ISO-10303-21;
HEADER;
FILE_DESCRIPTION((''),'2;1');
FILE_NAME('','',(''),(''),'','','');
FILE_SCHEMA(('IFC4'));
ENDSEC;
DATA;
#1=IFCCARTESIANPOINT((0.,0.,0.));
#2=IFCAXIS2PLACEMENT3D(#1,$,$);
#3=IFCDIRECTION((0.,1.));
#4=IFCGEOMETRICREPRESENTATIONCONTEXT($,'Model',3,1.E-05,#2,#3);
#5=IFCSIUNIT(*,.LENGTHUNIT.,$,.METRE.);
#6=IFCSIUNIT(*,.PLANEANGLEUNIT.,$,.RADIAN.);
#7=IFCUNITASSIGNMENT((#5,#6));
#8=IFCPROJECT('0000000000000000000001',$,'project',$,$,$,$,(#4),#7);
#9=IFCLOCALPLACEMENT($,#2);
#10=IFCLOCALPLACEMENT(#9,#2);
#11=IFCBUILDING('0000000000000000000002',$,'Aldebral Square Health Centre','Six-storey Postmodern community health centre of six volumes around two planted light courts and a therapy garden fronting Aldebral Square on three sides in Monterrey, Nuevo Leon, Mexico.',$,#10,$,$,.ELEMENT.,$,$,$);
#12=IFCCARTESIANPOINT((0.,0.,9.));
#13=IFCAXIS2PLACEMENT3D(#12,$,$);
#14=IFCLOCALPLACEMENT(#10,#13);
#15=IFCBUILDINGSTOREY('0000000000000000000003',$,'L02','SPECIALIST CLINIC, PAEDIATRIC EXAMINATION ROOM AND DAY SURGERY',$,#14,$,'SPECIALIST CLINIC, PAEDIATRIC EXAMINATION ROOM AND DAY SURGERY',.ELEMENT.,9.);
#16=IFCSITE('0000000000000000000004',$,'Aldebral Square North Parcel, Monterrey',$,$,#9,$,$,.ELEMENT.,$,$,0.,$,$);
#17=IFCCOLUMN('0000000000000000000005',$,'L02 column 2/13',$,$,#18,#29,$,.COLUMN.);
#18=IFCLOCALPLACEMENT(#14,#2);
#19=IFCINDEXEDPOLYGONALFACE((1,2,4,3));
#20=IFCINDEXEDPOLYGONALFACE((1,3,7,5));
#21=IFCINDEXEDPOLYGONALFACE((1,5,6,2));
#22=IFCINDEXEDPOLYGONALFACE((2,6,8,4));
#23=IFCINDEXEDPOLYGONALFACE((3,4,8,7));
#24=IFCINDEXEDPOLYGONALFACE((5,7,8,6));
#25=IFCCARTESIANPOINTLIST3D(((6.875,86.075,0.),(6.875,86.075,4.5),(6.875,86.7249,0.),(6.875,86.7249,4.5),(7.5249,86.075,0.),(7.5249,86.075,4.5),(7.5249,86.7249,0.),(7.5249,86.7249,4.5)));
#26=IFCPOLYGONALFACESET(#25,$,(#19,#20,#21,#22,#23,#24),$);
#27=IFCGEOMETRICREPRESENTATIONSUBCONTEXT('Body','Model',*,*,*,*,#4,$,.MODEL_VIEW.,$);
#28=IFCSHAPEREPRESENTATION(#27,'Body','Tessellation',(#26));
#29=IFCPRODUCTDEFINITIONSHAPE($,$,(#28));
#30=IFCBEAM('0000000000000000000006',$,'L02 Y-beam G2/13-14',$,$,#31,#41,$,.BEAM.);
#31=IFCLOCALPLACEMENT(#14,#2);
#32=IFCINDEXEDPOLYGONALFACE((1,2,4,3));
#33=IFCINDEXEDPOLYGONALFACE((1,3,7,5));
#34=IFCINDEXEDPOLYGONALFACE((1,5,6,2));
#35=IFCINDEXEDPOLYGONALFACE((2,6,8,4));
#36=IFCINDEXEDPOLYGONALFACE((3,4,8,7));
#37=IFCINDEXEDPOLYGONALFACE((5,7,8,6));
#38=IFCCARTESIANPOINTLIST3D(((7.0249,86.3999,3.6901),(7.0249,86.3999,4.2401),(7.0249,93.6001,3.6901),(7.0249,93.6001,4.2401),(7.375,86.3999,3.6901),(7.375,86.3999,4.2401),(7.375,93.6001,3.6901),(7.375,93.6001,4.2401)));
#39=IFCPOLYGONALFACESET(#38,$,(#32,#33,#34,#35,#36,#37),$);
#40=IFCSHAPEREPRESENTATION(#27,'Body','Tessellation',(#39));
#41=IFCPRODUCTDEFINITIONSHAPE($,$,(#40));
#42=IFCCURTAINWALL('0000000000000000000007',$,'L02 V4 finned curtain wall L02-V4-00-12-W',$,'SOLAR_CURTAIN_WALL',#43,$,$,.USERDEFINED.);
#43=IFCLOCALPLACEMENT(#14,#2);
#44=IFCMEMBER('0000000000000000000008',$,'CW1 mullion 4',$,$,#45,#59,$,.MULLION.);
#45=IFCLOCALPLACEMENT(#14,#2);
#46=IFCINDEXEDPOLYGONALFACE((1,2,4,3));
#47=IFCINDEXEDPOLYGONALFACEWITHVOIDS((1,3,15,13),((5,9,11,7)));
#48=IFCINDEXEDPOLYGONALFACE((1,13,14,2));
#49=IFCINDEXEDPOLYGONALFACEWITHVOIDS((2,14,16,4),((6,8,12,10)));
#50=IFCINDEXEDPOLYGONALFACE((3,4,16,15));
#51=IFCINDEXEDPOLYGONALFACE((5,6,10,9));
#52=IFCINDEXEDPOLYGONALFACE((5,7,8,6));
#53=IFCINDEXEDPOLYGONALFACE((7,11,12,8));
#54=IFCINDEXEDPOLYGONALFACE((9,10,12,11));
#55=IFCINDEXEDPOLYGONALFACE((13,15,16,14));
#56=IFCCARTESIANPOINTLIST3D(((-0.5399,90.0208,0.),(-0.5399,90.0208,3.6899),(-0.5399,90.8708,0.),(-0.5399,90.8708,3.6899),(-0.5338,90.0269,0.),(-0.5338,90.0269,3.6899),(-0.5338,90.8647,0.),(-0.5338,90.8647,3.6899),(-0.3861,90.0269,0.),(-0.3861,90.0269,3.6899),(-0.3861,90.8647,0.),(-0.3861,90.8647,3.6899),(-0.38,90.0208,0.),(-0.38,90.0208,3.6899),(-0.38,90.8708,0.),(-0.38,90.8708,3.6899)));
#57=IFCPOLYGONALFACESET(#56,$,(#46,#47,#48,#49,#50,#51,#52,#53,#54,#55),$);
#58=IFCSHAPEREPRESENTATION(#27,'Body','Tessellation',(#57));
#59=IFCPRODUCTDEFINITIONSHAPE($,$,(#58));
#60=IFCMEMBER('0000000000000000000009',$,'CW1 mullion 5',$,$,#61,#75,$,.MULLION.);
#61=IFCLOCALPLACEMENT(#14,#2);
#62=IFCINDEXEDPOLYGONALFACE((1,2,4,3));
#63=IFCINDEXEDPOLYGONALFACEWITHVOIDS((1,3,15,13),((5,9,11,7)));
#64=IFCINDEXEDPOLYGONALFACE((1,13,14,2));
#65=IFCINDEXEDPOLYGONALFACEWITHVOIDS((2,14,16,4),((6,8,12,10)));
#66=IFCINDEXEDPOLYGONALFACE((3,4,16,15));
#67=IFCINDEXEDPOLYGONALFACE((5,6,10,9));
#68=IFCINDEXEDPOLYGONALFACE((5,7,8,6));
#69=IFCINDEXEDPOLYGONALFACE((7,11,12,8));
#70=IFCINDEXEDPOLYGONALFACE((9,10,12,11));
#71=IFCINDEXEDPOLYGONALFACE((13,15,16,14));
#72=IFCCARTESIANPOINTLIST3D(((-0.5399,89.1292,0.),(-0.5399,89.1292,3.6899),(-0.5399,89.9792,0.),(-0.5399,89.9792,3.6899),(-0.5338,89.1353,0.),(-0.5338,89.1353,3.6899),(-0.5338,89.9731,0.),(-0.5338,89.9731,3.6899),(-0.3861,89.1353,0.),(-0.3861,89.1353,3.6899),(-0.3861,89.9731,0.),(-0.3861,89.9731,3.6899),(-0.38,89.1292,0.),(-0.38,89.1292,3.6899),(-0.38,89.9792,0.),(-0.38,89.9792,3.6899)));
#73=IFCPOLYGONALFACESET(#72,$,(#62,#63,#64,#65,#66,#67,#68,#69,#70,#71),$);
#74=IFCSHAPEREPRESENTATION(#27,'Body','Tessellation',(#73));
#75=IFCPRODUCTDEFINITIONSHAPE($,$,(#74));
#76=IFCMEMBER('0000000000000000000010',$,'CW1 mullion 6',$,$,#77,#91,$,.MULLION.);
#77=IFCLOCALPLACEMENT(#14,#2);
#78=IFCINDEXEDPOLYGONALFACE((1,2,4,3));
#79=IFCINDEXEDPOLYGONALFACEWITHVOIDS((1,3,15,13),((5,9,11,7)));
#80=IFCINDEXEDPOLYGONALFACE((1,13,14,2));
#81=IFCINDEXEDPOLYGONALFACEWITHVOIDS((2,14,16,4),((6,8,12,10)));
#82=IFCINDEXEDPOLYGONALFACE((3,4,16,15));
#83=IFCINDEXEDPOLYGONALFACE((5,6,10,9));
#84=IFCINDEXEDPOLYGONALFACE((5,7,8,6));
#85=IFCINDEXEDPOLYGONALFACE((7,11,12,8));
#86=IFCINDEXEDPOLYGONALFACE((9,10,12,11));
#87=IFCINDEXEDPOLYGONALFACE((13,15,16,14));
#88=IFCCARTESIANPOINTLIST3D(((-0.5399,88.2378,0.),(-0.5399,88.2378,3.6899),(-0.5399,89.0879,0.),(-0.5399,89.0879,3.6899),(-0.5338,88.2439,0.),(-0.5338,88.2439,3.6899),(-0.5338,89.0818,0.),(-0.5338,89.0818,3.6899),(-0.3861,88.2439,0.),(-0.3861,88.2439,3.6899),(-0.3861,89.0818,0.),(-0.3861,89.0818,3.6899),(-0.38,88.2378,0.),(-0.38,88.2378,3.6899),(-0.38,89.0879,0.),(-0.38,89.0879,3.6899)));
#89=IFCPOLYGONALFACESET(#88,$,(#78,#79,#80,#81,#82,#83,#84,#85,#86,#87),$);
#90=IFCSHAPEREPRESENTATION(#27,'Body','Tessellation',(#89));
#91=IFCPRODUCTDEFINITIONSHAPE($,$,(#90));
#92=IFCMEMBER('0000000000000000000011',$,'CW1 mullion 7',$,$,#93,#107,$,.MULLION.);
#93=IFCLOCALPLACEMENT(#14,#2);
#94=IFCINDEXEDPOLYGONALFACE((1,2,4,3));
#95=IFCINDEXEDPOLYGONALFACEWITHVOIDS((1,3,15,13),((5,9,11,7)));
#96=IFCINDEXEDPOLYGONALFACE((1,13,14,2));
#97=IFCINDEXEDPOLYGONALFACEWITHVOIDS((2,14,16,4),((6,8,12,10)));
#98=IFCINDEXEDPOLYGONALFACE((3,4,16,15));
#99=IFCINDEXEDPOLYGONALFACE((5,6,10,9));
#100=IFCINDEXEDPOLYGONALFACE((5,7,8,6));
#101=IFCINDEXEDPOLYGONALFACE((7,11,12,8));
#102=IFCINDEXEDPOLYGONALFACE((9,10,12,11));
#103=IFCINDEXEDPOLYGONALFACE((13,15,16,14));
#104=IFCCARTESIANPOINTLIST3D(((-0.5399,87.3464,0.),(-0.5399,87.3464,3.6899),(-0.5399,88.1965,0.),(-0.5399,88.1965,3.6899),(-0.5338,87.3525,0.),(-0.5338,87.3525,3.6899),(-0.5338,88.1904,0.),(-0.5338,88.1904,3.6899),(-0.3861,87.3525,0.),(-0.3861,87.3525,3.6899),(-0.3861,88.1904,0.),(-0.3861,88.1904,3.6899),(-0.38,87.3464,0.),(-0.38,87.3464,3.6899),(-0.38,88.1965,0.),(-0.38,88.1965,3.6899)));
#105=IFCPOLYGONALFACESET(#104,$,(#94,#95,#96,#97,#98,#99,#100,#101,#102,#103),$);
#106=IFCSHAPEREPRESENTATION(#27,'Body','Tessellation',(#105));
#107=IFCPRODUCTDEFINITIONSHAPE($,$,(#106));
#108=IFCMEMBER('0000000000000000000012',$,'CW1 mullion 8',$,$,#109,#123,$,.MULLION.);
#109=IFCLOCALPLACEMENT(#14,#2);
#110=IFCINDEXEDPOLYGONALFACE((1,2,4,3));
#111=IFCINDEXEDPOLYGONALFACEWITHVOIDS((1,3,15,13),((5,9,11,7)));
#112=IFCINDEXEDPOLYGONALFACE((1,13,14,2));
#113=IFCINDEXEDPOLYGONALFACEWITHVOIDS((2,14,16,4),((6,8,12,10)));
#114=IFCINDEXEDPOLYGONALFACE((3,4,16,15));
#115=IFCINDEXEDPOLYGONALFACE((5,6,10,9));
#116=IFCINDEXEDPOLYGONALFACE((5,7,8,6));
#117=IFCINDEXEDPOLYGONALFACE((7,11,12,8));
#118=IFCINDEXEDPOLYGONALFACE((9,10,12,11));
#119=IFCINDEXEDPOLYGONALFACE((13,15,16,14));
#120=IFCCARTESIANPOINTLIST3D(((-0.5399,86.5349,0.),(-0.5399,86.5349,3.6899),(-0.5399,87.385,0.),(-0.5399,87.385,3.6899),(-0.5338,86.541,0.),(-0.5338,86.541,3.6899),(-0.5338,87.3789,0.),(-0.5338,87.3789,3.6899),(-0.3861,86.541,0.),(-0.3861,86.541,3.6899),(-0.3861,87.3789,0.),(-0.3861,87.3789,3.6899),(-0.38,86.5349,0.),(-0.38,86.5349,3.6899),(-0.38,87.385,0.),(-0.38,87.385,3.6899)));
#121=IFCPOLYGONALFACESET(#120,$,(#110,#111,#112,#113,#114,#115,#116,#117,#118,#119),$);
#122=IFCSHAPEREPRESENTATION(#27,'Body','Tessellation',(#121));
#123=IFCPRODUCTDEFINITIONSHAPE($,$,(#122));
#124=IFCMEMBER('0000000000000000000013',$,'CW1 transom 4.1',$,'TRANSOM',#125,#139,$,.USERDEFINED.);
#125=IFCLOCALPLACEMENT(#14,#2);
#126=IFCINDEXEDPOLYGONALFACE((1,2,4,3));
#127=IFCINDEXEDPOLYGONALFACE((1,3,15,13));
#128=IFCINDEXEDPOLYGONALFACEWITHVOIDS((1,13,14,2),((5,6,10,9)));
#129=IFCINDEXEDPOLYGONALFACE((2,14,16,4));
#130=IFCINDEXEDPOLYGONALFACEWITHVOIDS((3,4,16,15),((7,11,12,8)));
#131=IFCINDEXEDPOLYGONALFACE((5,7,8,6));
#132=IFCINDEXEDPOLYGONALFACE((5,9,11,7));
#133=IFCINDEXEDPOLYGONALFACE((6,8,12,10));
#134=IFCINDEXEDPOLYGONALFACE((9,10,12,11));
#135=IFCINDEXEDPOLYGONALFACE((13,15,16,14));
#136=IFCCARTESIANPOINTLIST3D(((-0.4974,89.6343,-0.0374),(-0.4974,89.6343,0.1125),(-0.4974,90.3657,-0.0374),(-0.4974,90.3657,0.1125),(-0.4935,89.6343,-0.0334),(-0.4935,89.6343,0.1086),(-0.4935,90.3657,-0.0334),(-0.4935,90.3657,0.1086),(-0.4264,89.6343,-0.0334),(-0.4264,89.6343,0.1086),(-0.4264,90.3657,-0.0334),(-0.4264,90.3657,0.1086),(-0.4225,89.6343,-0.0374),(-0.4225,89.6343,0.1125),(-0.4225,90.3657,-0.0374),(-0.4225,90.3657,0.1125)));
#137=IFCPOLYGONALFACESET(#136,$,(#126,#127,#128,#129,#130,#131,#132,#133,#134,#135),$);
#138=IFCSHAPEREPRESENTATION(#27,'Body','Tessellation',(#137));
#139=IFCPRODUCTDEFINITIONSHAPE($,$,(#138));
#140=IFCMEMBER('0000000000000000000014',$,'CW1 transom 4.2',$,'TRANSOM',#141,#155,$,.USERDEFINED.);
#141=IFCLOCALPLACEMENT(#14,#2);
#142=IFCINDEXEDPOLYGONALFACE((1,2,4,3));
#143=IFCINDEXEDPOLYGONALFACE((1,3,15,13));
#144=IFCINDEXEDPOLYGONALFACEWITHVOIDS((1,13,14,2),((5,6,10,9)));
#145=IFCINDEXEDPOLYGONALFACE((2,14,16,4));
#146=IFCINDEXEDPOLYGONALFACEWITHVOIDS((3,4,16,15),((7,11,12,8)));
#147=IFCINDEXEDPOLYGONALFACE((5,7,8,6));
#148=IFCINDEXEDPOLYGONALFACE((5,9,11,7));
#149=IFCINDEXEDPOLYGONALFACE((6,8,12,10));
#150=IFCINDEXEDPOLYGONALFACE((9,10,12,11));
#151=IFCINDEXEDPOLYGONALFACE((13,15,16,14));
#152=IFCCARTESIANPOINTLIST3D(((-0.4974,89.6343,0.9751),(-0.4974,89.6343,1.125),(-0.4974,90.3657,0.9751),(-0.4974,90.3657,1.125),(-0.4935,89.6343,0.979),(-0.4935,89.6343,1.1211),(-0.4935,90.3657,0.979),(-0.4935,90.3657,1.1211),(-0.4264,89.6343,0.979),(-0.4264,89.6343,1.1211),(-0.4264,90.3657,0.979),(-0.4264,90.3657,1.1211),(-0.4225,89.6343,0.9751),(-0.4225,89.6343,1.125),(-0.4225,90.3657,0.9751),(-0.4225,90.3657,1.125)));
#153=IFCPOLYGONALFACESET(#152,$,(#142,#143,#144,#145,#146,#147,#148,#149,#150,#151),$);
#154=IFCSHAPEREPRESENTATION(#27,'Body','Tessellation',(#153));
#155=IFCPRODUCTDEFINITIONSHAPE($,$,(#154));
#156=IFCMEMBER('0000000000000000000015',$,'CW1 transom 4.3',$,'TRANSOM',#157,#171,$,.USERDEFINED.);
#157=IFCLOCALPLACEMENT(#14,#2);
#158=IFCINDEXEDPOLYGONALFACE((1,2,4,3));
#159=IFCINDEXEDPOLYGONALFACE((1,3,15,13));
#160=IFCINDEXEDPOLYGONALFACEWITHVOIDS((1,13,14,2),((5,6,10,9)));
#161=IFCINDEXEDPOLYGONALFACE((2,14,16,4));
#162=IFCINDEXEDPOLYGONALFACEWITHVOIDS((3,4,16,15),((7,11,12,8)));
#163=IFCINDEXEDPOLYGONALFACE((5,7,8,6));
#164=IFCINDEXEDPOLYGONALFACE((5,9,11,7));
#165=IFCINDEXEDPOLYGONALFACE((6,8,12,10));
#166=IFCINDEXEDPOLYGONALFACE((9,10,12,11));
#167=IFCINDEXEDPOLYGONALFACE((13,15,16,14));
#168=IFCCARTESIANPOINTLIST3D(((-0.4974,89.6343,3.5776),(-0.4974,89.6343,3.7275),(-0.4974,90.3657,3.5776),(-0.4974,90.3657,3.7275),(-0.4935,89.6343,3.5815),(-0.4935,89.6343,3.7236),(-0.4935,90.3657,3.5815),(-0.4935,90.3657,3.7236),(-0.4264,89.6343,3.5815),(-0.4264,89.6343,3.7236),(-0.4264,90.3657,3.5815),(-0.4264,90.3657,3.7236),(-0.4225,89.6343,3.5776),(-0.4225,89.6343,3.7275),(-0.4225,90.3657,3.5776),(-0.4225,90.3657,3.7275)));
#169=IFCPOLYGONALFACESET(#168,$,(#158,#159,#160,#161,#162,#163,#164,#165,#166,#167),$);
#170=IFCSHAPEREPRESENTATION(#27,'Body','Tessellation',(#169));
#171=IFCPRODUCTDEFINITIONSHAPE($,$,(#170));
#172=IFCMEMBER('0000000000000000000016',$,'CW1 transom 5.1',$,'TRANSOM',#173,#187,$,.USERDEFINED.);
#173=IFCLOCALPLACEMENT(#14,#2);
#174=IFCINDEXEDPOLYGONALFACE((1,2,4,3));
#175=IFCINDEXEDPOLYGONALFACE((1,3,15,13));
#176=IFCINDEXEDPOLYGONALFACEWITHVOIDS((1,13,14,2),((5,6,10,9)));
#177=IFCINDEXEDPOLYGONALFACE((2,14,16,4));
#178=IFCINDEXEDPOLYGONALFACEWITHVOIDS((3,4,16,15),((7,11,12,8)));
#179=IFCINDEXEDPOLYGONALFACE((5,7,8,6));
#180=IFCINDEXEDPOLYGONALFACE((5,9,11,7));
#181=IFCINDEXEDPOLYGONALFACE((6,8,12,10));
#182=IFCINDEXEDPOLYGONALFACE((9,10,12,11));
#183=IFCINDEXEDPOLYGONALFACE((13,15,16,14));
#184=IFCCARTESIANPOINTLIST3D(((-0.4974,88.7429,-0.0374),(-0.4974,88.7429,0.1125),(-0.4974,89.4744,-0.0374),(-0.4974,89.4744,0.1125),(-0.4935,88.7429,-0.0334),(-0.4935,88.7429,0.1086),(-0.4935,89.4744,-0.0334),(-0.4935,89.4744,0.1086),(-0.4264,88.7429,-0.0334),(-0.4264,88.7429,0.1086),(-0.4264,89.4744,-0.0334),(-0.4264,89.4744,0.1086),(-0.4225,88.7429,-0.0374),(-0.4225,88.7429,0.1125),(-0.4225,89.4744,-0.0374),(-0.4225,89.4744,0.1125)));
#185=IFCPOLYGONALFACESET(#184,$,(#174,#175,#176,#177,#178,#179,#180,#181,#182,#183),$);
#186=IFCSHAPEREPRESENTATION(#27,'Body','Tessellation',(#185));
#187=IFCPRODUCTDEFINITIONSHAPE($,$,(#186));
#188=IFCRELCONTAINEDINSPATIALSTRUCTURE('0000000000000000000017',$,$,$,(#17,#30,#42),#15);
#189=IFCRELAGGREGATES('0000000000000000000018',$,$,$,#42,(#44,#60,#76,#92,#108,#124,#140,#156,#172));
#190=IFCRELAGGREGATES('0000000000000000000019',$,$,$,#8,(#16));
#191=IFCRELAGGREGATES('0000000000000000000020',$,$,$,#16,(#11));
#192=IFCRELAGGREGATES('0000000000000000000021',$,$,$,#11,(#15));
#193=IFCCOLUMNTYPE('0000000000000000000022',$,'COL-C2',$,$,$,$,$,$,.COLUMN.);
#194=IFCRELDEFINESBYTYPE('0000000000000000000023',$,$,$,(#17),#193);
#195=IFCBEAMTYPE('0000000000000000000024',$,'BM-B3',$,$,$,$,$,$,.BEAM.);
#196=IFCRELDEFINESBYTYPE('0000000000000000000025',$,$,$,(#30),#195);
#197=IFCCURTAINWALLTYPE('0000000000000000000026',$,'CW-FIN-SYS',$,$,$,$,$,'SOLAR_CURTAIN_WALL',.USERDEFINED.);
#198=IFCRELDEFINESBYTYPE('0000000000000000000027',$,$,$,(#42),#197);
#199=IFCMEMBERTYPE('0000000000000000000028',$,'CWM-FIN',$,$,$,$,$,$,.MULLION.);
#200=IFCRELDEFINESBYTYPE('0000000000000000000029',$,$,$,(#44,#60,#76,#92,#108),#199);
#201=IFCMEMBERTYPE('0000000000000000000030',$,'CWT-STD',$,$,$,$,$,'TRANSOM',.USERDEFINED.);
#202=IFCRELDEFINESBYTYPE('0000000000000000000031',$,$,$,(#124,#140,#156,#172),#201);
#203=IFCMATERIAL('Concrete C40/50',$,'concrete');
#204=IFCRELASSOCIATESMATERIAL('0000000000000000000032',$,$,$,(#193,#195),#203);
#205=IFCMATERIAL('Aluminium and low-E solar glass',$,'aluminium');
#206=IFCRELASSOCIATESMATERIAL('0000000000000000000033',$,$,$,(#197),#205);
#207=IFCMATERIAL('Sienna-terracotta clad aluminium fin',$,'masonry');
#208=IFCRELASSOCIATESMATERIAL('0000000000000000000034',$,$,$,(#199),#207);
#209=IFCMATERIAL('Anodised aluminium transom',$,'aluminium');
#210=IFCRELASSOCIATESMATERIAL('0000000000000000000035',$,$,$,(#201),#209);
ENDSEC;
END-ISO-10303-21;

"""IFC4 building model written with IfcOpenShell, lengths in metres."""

from ifc_helpers import new_model, si_unit, direction, frame, origin, origin_2d, place, context, subcontext, project, spatial, rectangle, hollow_rectangle, extrude, material, material_profile, profile_set, type_object, element, aggregate, save


model = new_model("IFC4")

# Units and contexts
model_context = context("Model", 3, precision=1e-05, world=origin(), true_north=direction((0.0, 1.0)))
body_context = subcontext(model_context, "Body", "Model", "MODEL_VIEW")
ifc_project = project(units=[si_unit("LENGTHUNIT", "METRE"), si_unit("PLANEANGLEUNIT", "RADIAN")], contexts=[model_context])

# Site, building, storey
site_placement = place(None, origin())
site = spatial("IfcSite", under=ifc_project, at=site_placement, Name="Aldebral Square North Parcel, Monterrey", CompositionType="ELEMENT", RefElevation=0.0)
building_placement = place(site_placement, origin())
building = spatial("IfcBuilding", under=site, at=building_placement, Name="Aldebral Square Health Centre", Description="Six-storey Postmodern community health centre of six volumes around two planted light courts and a therapy garden fronting Aldebral Square on three sides in Monterrey, Nuevo Leon, Mexico.", CompositionType="ELEMENT")
storey_placement = place(building_placement, frame((0.0, 0.0, 9.0)))
storey = spatial("IfcBuildingStorey", under=building, at=storey_placement, Name="L02", Description="SPECIALIST CLINIC, PAEDIATRIC EXAMINATION ROOM AND DAY SURGERY", LongName="SPECIALIST CLINIC, PAEDIATRIC EXAMINATION ROOM AND DAY SURGERY", CompositionType="ELEMENT", Elevation=9.0)

# Column
ifc_material_1 = material(Name="Concrete C40/50", Category="concrete")
ifc_material_profile_1 = material_profile(ifc_material_1, rectangle(XDim=0.6499, YDim=0.6499, at=origin_2d()), Name="RC 650x650")
ifc_profile_set_1 = profile_set([ifc_material_profile_1], Name="Concrete C40/50")
column_type = type_object("IfcColumnType", Name="COL-C2", PredefinedType="COLUMN", material=ifc_profile_set_1)
column_placement = place(storey_placement, frame((7.2, 86.3999, 0.0), z_axis=(0.0, 0.0, 1.0), x_axis=(1.0, 0.0, 0.0)))
element("IfcColumn", 1, at=column_placement, inside=storey, type_object=column_type, Name="L02 column 2/13", PredefinedType="COLUMN", context=body_context, shape_type="SweptSolid", body=[
    extrude(rectangle(XDim=0.6499, YDim=0.6499, at=origin_2d()), origin(), (0.0, 0.0, 1.0), 4.5),
])

# Beam
ifc_material_profile_2 = material_profile(ifc_material_1, rectangle(XDim=0.3501, YDim=0.55, at=origin_2d()), Name="RC 350x550")
ifc_profile_set_2 = profile_set([ifc_material_profile_2], Name="Concrete C40/50")
beam_type = type_object("IfcBeamType", Name="BM-B3", PredefinedType="BEAM", material=ifc_profile_set_2)
beam_placement = place(storey_placement, frame((7.2, 86.3999, 3.9651), z_axis=(0.0, 1.0, 0.0), x_axis=(-1.0, 0.0, 0.0)))
element("IfcBeam", 2, at=beam_placement, inside=storey, type_object=beam_type, Name="L02 Y-beam G2/13-14", PredefinedType="BEAM", context=body_context, shape_type="SweptSolid", body=[
    extrude(rectangle(XDim=0.3501, YDim=0.55, at=origin_2d()), origin(), (0.0, 0.0, 1.0), 7.2002),
])

# Curtain wall, members
ifc_material_2 = material(Name="Aluminium and low-E solar glass", Category="aluminium")
curtain_wall_type = type_object("IfcCurtainWallType", Name="CW-FIN-SYS", ElementType="SOLAR_CURTAIN_WALL", PredefinedType="USERDEFINED", material=ifc_material_2)
curtain_wall_placement = place(storey_placement, origin())
curtain_wall = element("IfcCurtainWall", 3, at=curtain_wall_placement, inside=storey, type_object=curtain_wall_type, Name="L02 V4 finned curtain wall L02-V4-00-12-W", ObjectType="SOLAR_CURTAIN_WALL", PredefinedType="USERDEFINED")
ifc_material_3 = material(Name="Sienna-terracotta clad aluminium fin", Category="masonry")
ifc_material_profile_3 = material_profile(ifc_material_3, hollow_rectangle(XDim=0.1599, YDim=0.8501, WallThickness=0.0061, at=origin_2d()), Name="FIN 160x850x6")
ifc_profile_set_3 = profile_set([ifc_material_profile_3], Name="Sienna-terracotta clad aluminium fin")
member_type_1 = type_object("IfcMemberType", Name="CWM-FIN", PredefinedType="MULLION", material=ifc_profile_set_3)
member_1_placement = place(storey_placement, frame((-0.46, 90.4458, 0.0), z_axis=(0.0, 0.0, 1.0), x_axis=(1.0, 0.0, 0.0)))
member_1 = element("IfcMember", 4, at=member_1_placement, type_object=member_type_1, Name="CW1 mullion 4", PredefinedType="MULLION", context=body_context, shape_type="SweptSolid", body=[
    extrude(hollow_rectangle(XDim=0.1599, YDim=0.8501, WallThickness=0.0061, at=origin_2d()), origin(), (0.0, 0.0, 1.0), 3.6899),
])
member_2_placement = place(storey_placement, frame((-0.46, 89.5542, 0.0), z_axis=(0.0, 0.0, 1.0), x_axis=(1.0, 0.0, 0.0)))
member_2 = element("IfcMember", 5, at=member_2_placement, type_object=member_type_1, Name="CW1 mullion 5", PredefinedType="MULLION", context=body_context, shape_type="SweptSolid", body=[
    extrude(hollow_rectangle(XDim=0.1599, YDim=0.8501, WallThickness=0.0061, at=origin_2d()), origin(), (0.0, 0.0, 1.0), 3.6899),
])
member_3_placement = place(storey_placement, frame((-0.46, 88.6628, 0.0), z_axis=(0.0, 0.0, 1.0), x_axis=(1.0, 0.0, 0.0)))
member_3 = element("IfcMember", 6, at=member_3_placement, type_object=member_type_1, Name="CW1 mullion 6", PredefinedType="MULLION", context=body_context, shape_type="SweptSolid", body=[
    extrude(hollow_rectangle(XDim=0.1599, YDim=0.8501, WallThickness=0.0061, at=origin_2d()), origin(), (0.0, 0.0, 1.0), 3.6899),
])
member_4_placement = place(storey_placement, frame((-0.46, 87.7715, 0.0), z_axis=(0.0, 0.0, 1.0), x_axis=(1.0, 0.0, 0.0)))
member_4 = element("IfcMember", 7, at=member_4_placement, type_object=member_type_1, Name="CW1 mullion 7", PredefinedType="MULLION", context=body_context, shape_type="SweptSolid", body=[
    extrude(hollow_rectangle(XDim=0.1599, YDim=0.8501, WallThickness=0.0061, at=origin_2d()), origin(), (0.0, 0.0, 1.0), 3.6899),
])
member_5_placement = place(storey_placement, frame((-0.46, 86.96, 0.0), z_axis=(0.0, 0.0, 1.0), x_axis=(1.0, 0.0, 0.0)))
member_5 = element("IfcMember", 8, at=member_5_placement, type_object=member_type_1, Name="CW1 mullion 8", PredefinedType="MULLION", context=body_context, shape_type="SweptSolid", body=[
    extrude(hollow_rectangle(XDim=0.1599, YDim=0.8501, WallThickness=0.0061, at=origin_2d()), origin(), (0.0, 0.0, 1.0), 3.6899),
])
ifc_material_4 = material(Name="Anodised aluminium transom", Category="aluminium")
ifc_material_profile_4 = material_profile(ifc_material_4, hollow_rectangle(XDim=0.075, YDim=0.1499, WallThickness=0.0039, at=origin_2d()), Name="CWT 75x150x4")
ifc_profile_set_4 = profile_set([ifc_material_profile_4], Name="Anodised aluminium transom")
member_type_2 = type_object("IfcMemberType", Name="CWT-STD", ElementType="TRANSOM", PredefinedType="USERDEFINED", material=ifc_profile_set_4)
member_6_placement = place(storey_placement, frame((-0.46, 90.3657, 0.0376), z_axis=(0.0, -1.0, 0.0), x_axis=(1.0, 0.0, 0.0)))
member_6 = element("IfcMember", 9, at=member_6_placement, type_object=member_type_2, Name="CW1 transom 4.1", ObjectType="TRANSOM", PredefinedType="USERDEFINED", context=body_context, shape_type="SweptSolid", body=[
    extrude(hollow_rectangle(XDim=0.075, YDim=0.1499, WallThickness=0.0039, at=origin_2d()), origin(), (0.0, 0.0, 1.0), 0.7314),
])
member_7_placement = place(storey_placement, frame((-0.46, 90.3657, 1.05), z_axis=(0.0, -1.0, 0.0), x_axis=(1.0, 0.0, 0.0)))
member_7 = element("IfcMember", 10, at=member_7_placement, type_object=member_type_2, Name="CW1 transom 4.2", ObjectType="TRANSOM", PredefinedType="USERDEFINED", context=body_context, shape_type="SweptSolid", body=[
    extrude(hollow_rectangle(XDim=0.075, YDim=0.1499, WallThickness=0.0039, at=origin_2d()), origin(), (0.0, 0.0, 1.0), 0.7314),
])
member_8_placement = place(storey_placement, frame((-0.46, 90.3657, 3.6526), z_axis=(0.0, -1.0, 0.0), x_axis=(1.0, 0.0, 0.0)))
member_8 = element("IfcMember", 11, at=member_8_placement, type_object=member_type_2, Name="CW1 transom 4.3", ObjectType="TRANSOM", PredefinedType="USERDEFINED", context=body_context, shape_type="SweptSolid", body=[
    extrude(hollow_rectangle(XDim=0.075, YDim=0.1499, WallThickness=0.0039, at=origin_2d()), origin(), (0.0, 0.0, 1.0), 0.7314),
])
member_9_placement = place(storey_placement, frame((-0.46, 89.4744, 0.0376), z_axis=(0.0, -1.0, 0.0), x_axis=(1.0, 0.0, 0.0)))
member_9 = element("IfcMember", 12, at=member_9_placement, type_object=member_type_2, Name="CW1 transom 5.1", ObjectType="TRANSOM", PredefinedType="USERDEFINED", context=body_context, shape_type="SweptSolid", body=[
    extrude(hollow_rectangle(XDim=0.075, YDim=0.1499, WallThickness=0.0039, at=origin_2d()), origin(), (0.0, 0.0, 1.0), 0.7314),
])
aggregate(curtain_wall, [member_1, member_2, member_3, member_4, member_5, member_6, member_7, member_8, member_9])

save(model, "model.ifc")
